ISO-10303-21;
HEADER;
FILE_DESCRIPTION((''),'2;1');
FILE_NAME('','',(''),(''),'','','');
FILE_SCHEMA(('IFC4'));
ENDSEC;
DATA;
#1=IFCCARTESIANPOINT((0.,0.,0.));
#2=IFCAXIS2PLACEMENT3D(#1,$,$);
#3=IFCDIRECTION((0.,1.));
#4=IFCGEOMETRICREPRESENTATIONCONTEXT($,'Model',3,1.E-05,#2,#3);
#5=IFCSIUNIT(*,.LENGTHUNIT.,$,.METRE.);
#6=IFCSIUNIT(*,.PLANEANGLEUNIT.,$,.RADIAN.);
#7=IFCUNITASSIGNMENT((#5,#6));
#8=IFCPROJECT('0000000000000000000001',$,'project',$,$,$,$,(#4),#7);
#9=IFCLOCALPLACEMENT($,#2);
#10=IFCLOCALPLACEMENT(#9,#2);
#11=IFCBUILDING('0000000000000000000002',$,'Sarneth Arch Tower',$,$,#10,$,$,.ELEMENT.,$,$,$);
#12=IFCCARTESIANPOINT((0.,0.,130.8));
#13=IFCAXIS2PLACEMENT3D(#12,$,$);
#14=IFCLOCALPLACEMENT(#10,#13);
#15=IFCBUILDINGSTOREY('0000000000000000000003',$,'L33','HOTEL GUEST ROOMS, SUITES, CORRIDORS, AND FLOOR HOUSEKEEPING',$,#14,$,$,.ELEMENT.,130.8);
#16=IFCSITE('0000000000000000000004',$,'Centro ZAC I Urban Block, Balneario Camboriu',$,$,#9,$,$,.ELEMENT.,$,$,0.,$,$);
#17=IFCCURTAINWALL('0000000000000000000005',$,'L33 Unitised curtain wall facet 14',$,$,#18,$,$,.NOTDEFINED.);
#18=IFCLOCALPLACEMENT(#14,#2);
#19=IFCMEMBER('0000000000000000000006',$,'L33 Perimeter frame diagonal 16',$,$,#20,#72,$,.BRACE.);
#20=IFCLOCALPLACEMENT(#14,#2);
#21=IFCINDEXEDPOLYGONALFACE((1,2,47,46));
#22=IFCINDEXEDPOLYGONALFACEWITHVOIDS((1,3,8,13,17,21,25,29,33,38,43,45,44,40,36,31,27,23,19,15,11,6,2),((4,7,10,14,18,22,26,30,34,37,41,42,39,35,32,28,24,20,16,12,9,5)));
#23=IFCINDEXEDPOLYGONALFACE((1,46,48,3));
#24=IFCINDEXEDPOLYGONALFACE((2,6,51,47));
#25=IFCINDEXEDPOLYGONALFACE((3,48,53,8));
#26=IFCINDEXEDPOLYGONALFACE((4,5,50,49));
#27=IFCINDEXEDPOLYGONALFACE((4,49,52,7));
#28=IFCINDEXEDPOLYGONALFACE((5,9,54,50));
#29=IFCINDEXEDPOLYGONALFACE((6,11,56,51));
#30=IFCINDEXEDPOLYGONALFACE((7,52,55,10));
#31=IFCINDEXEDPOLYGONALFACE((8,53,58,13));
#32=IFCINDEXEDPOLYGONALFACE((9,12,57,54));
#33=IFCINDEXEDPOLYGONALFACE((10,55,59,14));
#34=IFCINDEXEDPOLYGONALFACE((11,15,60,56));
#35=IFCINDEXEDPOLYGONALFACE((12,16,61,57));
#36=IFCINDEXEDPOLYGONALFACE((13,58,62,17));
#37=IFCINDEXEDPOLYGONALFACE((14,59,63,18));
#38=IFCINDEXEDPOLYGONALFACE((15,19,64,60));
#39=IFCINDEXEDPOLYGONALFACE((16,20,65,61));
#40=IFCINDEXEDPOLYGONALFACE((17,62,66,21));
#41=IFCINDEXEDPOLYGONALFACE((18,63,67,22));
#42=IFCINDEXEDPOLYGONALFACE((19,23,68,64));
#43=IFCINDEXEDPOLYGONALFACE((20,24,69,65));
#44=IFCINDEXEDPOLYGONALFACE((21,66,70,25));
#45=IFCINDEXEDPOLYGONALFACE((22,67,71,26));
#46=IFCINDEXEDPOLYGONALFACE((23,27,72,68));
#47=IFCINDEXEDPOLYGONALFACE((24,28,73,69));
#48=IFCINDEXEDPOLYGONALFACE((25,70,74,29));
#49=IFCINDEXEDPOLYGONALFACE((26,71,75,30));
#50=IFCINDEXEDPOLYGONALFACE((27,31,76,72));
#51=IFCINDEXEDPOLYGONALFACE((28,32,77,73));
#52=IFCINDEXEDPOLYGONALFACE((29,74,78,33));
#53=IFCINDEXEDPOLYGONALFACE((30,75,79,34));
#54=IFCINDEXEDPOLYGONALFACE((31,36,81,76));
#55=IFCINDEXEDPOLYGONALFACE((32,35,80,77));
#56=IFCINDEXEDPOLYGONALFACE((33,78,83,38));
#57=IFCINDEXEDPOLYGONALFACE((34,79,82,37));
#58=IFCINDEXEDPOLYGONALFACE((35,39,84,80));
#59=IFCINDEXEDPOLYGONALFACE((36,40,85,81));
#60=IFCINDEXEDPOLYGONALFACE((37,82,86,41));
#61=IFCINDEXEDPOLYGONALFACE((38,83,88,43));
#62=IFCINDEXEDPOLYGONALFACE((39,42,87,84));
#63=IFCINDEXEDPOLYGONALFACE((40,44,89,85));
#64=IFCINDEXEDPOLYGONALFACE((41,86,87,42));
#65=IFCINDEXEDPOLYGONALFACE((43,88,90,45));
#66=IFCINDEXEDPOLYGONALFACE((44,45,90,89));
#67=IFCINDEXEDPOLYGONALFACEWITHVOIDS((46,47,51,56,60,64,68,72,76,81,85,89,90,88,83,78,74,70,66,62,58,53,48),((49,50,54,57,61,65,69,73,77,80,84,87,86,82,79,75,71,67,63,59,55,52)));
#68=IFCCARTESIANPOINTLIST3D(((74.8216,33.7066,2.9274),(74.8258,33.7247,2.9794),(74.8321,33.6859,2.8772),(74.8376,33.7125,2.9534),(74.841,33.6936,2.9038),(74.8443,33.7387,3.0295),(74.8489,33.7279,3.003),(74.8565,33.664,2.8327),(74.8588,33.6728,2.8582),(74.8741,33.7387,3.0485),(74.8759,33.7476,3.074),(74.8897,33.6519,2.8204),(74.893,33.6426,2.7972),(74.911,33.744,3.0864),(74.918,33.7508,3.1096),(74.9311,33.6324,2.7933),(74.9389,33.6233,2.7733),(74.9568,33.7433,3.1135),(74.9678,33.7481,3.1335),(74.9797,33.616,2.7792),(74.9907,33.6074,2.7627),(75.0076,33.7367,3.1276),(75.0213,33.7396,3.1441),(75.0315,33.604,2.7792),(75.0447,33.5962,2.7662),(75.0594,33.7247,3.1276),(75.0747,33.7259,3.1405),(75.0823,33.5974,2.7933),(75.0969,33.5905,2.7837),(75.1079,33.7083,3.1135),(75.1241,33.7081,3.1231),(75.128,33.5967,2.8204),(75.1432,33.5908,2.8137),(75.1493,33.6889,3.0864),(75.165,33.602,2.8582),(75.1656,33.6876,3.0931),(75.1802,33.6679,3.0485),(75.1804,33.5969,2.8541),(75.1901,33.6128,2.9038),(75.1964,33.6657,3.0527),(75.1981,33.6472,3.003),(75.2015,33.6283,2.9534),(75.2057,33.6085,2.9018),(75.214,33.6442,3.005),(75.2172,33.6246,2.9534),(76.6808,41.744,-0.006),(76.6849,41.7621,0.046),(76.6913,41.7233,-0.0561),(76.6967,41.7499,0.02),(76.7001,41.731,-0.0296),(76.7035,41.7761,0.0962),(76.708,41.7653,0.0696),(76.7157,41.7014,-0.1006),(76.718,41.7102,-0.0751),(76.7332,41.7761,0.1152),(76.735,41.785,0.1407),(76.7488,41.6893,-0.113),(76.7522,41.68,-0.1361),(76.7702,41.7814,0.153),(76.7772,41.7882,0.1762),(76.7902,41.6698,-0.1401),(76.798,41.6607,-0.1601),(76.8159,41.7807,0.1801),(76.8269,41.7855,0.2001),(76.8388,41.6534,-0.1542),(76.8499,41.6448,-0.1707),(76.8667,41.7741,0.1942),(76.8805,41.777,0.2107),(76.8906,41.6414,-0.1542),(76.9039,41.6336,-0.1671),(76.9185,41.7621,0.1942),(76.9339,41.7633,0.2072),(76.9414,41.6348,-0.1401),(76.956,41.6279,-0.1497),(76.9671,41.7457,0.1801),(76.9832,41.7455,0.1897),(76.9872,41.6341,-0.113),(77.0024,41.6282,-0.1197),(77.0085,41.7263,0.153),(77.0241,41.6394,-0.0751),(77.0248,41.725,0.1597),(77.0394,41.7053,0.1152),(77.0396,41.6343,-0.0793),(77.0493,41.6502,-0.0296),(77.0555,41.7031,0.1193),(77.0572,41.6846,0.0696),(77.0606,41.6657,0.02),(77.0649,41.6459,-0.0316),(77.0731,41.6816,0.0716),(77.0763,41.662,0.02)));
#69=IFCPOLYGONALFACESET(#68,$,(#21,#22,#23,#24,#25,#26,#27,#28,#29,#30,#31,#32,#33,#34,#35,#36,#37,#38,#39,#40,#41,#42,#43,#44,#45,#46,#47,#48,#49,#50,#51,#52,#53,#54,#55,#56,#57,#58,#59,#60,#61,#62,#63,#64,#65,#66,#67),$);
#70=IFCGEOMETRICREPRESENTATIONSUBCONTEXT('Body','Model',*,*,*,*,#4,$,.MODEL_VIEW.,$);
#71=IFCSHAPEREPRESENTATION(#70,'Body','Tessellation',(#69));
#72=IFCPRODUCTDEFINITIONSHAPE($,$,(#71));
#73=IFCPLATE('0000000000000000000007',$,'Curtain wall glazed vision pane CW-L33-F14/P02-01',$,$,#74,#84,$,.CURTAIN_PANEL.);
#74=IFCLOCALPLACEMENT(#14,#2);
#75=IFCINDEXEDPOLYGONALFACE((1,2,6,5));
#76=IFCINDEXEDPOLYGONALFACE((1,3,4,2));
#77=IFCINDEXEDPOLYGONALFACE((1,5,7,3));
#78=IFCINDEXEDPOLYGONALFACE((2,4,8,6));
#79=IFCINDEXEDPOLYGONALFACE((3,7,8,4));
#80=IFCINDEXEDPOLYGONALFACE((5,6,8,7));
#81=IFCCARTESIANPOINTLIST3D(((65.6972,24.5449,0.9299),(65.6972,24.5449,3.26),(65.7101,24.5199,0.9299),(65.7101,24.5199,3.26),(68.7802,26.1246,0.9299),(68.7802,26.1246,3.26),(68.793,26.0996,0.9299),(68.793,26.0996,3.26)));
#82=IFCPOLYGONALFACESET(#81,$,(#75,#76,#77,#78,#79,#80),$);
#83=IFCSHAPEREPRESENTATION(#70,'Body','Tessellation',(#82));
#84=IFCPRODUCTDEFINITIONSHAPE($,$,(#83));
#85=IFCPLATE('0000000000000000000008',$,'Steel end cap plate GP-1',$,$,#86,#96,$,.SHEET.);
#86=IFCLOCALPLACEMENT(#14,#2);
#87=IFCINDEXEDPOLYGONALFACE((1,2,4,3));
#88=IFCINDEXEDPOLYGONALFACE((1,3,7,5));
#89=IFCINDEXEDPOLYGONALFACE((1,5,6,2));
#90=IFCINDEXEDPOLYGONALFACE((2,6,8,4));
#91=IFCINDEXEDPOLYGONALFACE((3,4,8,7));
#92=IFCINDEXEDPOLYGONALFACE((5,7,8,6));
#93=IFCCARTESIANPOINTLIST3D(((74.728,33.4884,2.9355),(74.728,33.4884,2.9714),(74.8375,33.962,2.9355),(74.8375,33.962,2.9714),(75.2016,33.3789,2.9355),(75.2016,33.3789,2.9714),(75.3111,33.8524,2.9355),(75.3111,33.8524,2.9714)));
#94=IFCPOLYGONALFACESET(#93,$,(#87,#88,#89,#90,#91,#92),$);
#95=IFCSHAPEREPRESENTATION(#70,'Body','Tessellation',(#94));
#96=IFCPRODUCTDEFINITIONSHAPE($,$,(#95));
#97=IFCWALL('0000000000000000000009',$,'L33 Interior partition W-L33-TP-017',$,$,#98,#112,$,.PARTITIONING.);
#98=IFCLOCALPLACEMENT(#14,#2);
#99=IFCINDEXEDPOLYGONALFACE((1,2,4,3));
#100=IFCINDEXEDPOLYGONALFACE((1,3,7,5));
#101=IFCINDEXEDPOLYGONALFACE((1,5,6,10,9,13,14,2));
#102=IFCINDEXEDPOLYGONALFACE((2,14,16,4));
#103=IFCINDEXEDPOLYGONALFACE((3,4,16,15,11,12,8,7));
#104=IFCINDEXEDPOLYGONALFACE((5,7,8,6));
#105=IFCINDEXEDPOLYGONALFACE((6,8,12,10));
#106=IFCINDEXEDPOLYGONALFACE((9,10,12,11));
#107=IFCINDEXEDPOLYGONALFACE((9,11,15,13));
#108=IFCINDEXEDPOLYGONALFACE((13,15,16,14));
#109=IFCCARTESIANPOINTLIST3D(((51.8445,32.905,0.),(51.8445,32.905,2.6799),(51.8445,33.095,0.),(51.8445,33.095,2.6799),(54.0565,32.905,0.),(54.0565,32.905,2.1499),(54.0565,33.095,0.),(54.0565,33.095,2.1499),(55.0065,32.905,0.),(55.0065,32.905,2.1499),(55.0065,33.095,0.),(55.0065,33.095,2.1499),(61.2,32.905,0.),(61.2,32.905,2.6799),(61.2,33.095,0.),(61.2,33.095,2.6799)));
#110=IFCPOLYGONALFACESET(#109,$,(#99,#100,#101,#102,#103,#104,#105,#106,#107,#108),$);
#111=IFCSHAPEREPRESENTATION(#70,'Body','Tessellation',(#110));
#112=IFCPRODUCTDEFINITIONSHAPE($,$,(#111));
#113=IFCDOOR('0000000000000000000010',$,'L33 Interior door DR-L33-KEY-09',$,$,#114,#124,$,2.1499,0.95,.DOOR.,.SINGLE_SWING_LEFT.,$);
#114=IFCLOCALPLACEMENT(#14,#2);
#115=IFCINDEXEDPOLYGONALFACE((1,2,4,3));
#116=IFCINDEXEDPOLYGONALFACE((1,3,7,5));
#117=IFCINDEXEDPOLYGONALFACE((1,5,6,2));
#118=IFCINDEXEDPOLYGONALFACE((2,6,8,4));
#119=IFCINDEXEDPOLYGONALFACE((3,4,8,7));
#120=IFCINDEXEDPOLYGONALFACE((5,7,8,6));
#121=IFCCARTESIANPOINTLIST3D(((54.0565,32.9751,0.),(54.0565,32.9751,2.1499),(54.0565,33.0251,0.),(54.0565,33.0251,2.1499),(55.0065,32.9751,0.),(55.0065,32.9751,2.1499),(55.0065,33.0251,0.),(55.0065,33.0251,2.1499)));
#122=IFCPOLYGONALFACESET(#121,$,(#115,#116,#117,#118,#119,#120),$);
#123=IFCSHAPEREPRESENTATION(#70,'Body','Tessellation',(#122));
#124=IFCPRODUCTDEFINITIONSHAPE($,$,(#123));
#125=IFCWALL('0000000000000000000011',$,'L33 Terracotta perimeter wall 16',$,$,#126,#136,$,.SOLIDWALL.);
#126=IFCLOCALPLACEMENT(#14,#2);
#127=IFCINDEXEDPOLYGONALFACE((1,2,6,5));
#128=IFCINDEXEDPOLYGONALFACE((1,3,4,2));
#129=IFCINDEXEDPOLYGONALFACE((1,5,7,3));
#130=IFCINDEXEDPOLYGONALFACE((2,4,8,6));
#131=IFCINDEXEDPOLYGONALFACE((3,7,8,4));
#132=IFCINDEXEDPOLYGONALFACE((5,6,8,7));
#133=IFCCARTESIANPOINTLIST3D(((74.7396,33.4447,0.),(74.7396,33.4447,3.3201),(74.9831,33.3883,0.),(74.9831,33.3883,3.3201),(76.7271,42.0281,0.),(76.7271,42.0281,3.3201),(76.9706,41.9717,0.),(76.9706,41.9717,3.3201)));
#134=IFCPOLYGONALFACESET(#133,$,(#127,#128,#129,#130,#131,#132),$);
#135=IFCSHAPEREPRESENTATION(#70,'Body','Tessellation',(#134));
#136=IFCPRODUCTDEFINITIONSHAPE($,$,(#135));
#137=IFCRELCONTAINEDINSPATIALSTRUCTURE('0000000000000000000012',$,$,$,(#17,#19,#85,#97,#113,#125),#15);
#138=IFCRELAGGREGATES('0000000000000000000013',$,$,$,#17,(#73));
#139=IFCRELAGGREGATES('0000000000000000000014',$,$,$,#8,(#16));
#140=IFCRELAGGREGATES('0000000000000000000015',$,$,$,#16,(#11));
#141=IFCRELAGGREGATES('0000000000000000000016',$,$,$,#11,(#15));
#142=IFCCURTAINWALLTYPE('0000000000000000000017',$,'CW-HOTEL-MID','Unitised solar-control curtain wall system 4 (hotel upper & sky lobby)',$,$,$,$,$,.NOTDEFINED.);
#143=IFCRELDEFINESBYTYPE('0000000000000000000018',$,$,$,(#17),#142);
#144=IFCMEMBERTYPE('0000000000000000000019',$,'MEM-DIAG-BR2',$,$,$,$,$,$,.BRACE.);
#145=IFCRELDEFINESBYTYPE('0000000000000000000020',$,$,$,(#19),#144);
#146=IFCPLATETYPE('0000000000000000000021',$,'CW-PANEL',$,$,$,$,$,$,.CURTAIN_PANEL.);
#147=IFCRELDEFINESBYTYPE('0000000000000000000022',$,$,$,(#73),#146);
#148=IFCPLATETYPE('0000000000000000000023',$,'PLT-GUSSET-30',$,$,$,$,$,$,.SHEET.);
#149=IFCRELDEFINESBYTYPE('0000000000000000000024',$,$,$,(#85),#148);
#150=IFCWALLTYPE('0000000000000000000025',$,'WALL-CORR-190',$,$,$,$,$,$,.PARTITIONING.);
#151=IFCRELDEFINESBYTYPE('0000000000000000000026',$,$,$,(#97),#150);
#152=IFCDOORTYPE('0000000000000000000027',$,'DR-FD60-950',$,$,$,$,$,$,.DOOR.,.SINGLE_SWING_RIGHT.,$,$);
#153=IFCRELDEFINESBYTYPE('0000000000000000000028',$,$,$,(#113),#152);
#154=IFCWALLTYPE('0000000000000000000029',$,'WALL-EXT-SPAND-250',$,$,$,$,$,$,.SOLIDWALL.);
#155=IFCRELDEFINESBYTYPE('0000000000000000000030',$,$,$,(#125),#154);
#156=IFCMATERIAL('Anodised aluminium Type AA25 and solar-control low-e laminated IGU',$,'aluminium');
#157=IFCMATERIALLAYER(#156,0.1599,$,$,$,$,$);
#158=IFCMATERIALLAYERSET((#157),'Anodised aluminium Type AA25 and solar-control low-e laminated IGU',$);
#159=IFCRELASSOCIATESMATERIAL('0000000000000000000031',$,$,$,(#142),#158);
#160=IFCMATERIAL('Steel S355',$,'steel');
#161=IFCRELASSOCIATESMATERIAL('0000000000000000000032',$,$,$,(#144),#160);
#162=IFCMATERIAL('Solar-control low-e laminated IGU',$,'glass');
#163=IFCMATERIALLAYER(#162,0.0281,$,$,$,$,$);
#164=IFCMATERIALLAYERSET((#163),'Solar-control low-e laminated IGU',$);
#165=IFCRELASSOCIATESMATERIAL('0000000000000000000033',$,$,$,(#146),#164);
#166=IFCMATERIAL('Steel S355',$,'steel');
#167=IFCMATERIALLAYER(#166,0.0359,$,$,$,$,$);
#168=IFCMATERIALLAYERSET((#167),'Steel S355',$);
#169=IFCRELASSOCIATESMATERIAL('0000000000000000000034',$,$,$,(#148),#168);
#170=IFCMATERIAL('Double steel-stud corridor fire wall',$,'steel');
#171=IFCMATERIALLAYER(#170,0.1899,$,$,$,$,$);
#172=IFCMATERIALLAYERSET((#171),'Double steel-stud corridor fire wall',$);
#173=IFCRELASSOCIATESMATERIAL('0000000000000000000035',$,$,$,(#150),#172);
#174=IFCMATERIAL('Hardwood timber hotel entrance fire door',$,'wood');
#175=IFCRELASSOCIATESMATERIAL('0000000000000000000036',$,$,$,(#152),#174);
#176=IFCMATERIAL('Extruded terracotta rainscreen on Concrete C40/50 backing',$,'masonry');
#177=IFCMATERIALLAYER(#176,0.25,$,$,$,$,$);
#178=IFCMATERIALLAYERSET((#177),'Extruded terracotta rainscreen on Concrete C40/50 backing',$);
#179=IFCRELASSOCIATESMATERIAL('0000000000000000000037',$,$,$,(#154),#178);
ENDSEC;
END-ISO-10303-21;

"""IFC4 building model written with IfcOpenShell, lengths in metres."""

from ifc_helpers import new_model, si_unit, direction, frame, frame_2d, origin, origin_2d, place, context, subcontext, project, spatial, rectangle, hollow_circle, extrude, material, layer, layer_set, material_profile, profile_set, type_object, element, fill, aggregate, save


model = new_model("IFC4")

# Units and contexts
model_context = context("Model", 3, precision=1e-05, world=origin(), true_north=direction((0.0, 1.0)))
body_context = subcontext(model_context, "Body", "Model", "MODEL_VIEW")
ifc_project = project(units=[si_unit("LENGTHUNIT", "METRE"), si_unit("PLANEANGLEUNIT", "RADIAN")], contexts=[model_context])

# Site, building, storey
site_placement = place(None, origin())
site = spatial("IfcSite", under=ifc_project, at=site_placement, Name="Centro ZAC I Urban Block, Balneario Camboriu", CompositionType="ELEMENT", RefElevation=0.0)
building_placement = place(site_placement, origin())
building = spatial("IfcBuilding", under=site, at=building_placement, Name="Sarneth Arch Tower", CompositionType="ELEMENT")
storey_placement = place(building_placement, frame((0.0, 0.0, 130.8)))
storey = spatial("IfcBuildingStorey", under=building, at=storey_placement, Name="L33", Description="HOTEL GUEST ROOMS, SUITES, CORRIDORS, AND FLOOR HOUSEKEEPING", CompositionType="ELEMENT", Elevation=130.8)

# Curtain wall
ifc_material_1 = material(Name="Anodised aluminium Type AA25 and solar-control low-e laminated IGU", Category="aluminium")
ifc_layer_1 = layer(ifc_material_1, 0.1599)
ifc_layer_set_1 = layer_set([ifc_layer_1], Name="Anodised aluminium Type AA25 and solar-control low-e laminated IGU")
curtain_wall_type = type_object("IfcCurtainWallType", Name="CW-HOTEL-MID", Description="Unitised solar-control curtain wall system 4 (hotel upper & sky lobby)", PredefinedType="NOTDEFINED", material=ifc_layer_set_1)
curtain_wall_placement = place(storey_placement, origin())
curtain_wall = element("IfcCurtainWall", 1, at=curtain_wall_placement, inside=storey, type_object=curtain_wall_type, Name="L33 Unitised curtain wall facet 14", PredefinedType="NOTDEFINED")

# Member
ifc_material_2 = material(Name="Steel S355", Category="steel")
ifc_material_profile_1 = material_profile(ifc_material_2, hollow_circle(Radius=0.2029, WallThickness=0.0161, at=origin_2d()), Name="CHS406x16")
ifc_profile_set_1 = profile_set([ifc_material_profile_1], Name="Steel S355")
member_type_1 = type_object("IfcMemberType", Name="MEM-DIAG-BR2", PredefinedType="BRACE", material=ifc_profile_set_1)
member_1_placement = place(storey_placement, frame((76.8787, 41.7078, 0.02), z_axis=(-0.212337, -0.917971, 0.335027), x_axis=(0.974275, -0.225361, 0.0)))
element("IfcMember", 2, at=member_1_placement, inside=storey, type_object=member_type_1, Name="L33 Perimeter frame diagonal 16", PredefinedType="BRACE", context=body_context, shape_type="SweptSolid", body=[
    extrude(hollow_circle(Radius=0.2029, WallThickness=0.0161, at=origin_2d()), origin(), (0.0, 0.0, 1.0), 8.7556),
])

# Plates
ifc_material_3 = material(Name="Solar-control low-e laminated IGU", Category="glass")
ifc_layer_2 = layer(ifc_material_3, 0.0281)
ifc_layer_set_2 = layer_set([ifc_layer_2], Name="Solar-control low-e laminated IGU")
plate_type_1 = type_object("IfcPlateType", Name="CW-PANEL", PredefinedType="CURTAIN_PANEL", material=ifc_layer_set_2)
plate_1_placement = place(storey_placement, frame((67.2451, 25.3223, 0.9299), z_axis=(0.0, 0.0, 1.0), x_axis=(0.889964, 0.456031, 0.0)))
plate_1 = element("IfcPlate", 3, at=plate_1_placement, type_object=plate_type_1, Name="Curtain wall glazed vision pane CW-L33-F14/P02-01", PredefinedType="CURTAIN_PANEL", context=body_context, shape_type="SweptSolid", body=[
    extrude(rectangle(XDim=3.4641, YDim=0.0281, at=origin_2d()), origin(), (0.0, 0.0, 1.0), 2.3301),
])
aggregate(curtain_wall, [plate_1])
ifc_material_4 = material(Name="Steel S355", Category="steel")
ifc_layer_3 = layer(ifc_material_4, 0.0359)
ifc_layer_set_3 = layer_set([ifc_layer_3], Name="Steel S355")
plate_type_2 = type_object("IfcPlateType", Name="PLT-GUSSET-30", PredefinedType="SHEET", material=ifc_layer_set_3)
plate_2_placement = place(storey_placement, frame((75.0195, 33.6704, 2.9355), z_axis=(0.0, 0.0, 1.0), x_axis=(0.225291, 0.974291, 0.0)))
element("IfcPlate", 4, at=plate_2_placement, inside=storey, type_object=plate_type_2, Name="Steel end cap plate GP-1", PredefinedType="SHEET", context=body_context, shape_type="SweptSolid", body=[
    extrude(rectangle(XDim=0.4861, YDim=0.4861, at=origin_2d()), origin(), (0.0, 0.0, 1.0), 0.0359),
])

# Wall, opening, door
ifc_material_5 = material(Name="Double steel-stud corridor fire wall", Category="steel")
ifc_layer_4 = layer(ifc_material_5, 0.1899)
ifc_layer_set_4 = layer_set([ifc_layer_4], Name="Double steel-stud corridor fire wall")
wall_type_1 = type_object("IfcWallType", Name="WALL-CORR-190", PredefinedType="PARTITIONING", material=ifc_layer_set_4)
wall_1_placement = place(storey_placement, frame((61.2, 33.0, 0.0), z_axis=(0.0, 0.0, 1.0), x_axis=(-1.0, 0.0, 0.0)))
wall_1 = element("IfcWall", 5, at=wall_1_placement, inside=storey, type_object=wall_type_1, Name="L33 Interior partition W-L33-TP-017", PredefinedType="PARTITIONING", context=body_context, shape_type="SweptSolid", body=[
    extrude(rectangle(XDim=9.3555, YDim=0.1899, at=frame_2d((4.6777, 0.0))), origin(), (0.0, 0.0, 1.0), 2.6799),
])
opening_1_placement = place(wall_1_placement, frame((6.1934, 0.0, 0.0)))
opening_1 = element("IfcOpeningElement", 6, at=opening_1_placement, cuts=wall_1, PredefinedType="OPENING", context=body_context, shape_type="SweptSolid", body=[
    extrude(rectangle(XDim=0.95, YDim=2.1499, at=frame_2d((0.4751, 1.075))), frame((0.0, 0.105, 0.0), z_axis=(0.0, -1.0, 0.0), x_axis=(1.0, 0.0, 0.0)), (0.0, 0.0, 1.0), 0.21),
])
ifc_material_6 = material(Name="Hardwood timber hotel entrance fire door", Category="wood")
door_type = type_object("IfcDoorType", Name="DR-FD60-950", OperationType="SINGLE_SWING_RIGHT", PredefinedType="DOOR", material=ifc_material_6)
door_placement = place(opening_1_placement, origin())
door = element("IfcDoor", 7, at=door_placement, inside=storey, type_object=door_type, Name="L33 Interior door DR-L33-KEY-09", OperationType="SINGLE_SWING_LEFT", OverallHeight=2.1499, OverallWidth=0.95, PredefinedType="DOOR", context=body_context, shape_type="SweptSolid", body=[
    extrude(rectangle(XDim=0.95, YDim=2.1499, at=frame_2d((0.4751, 1.075))), frame((0.0, 0.0249, 0.0), z_axis=(0.0, -1.0, 0.0), x_axis=(1.0, 0.0, 0.0)), (0.0, 0.0, 1.0), 0.05),
])
fill(opening_1, door)

# Wall
ifc_material_7 = material(Name="Extruded terracotta rainscreen on Concrete C40/50 backing", Category="masonry")
ifc_layer_5 = layer(ifc_material_7, 0.25)
ifc_layer_set_5 = layer_set([ifc_layer_5], Name="Extruded terracotta rainscreen on Concrete C40/50 backing")
wall_type_2 = type_object("IfcWallType", Name="WALL-EXT-SPAND-250", PredefinedType="SOLIDWALL", material=ifc_layer_set_5)
wall_2_placement = place(storey_placement, frame((74.8613, 33.4165, 0.0), z_axis=(0.0, 0.0, 1.0), x_axis=(0.225586, 0.974223, 0.0)))
element("IfcWall", 8, at=wall_2_placement, inside=storey, type_object=wall_type_2, Name="L33 Terracotta perimeter wall 16", PredefinedType="SOLIDWALL", context=body_context, shape_type="SweptSolid", body=[
    extrude(rectangle(XDim=8.8105, YDim=0.25, at=frame_2d((4.4053, 0.0))), origin(), (0.0, 0.0, 1.0), 3.3201),
])

save(model, "model.ifc")
